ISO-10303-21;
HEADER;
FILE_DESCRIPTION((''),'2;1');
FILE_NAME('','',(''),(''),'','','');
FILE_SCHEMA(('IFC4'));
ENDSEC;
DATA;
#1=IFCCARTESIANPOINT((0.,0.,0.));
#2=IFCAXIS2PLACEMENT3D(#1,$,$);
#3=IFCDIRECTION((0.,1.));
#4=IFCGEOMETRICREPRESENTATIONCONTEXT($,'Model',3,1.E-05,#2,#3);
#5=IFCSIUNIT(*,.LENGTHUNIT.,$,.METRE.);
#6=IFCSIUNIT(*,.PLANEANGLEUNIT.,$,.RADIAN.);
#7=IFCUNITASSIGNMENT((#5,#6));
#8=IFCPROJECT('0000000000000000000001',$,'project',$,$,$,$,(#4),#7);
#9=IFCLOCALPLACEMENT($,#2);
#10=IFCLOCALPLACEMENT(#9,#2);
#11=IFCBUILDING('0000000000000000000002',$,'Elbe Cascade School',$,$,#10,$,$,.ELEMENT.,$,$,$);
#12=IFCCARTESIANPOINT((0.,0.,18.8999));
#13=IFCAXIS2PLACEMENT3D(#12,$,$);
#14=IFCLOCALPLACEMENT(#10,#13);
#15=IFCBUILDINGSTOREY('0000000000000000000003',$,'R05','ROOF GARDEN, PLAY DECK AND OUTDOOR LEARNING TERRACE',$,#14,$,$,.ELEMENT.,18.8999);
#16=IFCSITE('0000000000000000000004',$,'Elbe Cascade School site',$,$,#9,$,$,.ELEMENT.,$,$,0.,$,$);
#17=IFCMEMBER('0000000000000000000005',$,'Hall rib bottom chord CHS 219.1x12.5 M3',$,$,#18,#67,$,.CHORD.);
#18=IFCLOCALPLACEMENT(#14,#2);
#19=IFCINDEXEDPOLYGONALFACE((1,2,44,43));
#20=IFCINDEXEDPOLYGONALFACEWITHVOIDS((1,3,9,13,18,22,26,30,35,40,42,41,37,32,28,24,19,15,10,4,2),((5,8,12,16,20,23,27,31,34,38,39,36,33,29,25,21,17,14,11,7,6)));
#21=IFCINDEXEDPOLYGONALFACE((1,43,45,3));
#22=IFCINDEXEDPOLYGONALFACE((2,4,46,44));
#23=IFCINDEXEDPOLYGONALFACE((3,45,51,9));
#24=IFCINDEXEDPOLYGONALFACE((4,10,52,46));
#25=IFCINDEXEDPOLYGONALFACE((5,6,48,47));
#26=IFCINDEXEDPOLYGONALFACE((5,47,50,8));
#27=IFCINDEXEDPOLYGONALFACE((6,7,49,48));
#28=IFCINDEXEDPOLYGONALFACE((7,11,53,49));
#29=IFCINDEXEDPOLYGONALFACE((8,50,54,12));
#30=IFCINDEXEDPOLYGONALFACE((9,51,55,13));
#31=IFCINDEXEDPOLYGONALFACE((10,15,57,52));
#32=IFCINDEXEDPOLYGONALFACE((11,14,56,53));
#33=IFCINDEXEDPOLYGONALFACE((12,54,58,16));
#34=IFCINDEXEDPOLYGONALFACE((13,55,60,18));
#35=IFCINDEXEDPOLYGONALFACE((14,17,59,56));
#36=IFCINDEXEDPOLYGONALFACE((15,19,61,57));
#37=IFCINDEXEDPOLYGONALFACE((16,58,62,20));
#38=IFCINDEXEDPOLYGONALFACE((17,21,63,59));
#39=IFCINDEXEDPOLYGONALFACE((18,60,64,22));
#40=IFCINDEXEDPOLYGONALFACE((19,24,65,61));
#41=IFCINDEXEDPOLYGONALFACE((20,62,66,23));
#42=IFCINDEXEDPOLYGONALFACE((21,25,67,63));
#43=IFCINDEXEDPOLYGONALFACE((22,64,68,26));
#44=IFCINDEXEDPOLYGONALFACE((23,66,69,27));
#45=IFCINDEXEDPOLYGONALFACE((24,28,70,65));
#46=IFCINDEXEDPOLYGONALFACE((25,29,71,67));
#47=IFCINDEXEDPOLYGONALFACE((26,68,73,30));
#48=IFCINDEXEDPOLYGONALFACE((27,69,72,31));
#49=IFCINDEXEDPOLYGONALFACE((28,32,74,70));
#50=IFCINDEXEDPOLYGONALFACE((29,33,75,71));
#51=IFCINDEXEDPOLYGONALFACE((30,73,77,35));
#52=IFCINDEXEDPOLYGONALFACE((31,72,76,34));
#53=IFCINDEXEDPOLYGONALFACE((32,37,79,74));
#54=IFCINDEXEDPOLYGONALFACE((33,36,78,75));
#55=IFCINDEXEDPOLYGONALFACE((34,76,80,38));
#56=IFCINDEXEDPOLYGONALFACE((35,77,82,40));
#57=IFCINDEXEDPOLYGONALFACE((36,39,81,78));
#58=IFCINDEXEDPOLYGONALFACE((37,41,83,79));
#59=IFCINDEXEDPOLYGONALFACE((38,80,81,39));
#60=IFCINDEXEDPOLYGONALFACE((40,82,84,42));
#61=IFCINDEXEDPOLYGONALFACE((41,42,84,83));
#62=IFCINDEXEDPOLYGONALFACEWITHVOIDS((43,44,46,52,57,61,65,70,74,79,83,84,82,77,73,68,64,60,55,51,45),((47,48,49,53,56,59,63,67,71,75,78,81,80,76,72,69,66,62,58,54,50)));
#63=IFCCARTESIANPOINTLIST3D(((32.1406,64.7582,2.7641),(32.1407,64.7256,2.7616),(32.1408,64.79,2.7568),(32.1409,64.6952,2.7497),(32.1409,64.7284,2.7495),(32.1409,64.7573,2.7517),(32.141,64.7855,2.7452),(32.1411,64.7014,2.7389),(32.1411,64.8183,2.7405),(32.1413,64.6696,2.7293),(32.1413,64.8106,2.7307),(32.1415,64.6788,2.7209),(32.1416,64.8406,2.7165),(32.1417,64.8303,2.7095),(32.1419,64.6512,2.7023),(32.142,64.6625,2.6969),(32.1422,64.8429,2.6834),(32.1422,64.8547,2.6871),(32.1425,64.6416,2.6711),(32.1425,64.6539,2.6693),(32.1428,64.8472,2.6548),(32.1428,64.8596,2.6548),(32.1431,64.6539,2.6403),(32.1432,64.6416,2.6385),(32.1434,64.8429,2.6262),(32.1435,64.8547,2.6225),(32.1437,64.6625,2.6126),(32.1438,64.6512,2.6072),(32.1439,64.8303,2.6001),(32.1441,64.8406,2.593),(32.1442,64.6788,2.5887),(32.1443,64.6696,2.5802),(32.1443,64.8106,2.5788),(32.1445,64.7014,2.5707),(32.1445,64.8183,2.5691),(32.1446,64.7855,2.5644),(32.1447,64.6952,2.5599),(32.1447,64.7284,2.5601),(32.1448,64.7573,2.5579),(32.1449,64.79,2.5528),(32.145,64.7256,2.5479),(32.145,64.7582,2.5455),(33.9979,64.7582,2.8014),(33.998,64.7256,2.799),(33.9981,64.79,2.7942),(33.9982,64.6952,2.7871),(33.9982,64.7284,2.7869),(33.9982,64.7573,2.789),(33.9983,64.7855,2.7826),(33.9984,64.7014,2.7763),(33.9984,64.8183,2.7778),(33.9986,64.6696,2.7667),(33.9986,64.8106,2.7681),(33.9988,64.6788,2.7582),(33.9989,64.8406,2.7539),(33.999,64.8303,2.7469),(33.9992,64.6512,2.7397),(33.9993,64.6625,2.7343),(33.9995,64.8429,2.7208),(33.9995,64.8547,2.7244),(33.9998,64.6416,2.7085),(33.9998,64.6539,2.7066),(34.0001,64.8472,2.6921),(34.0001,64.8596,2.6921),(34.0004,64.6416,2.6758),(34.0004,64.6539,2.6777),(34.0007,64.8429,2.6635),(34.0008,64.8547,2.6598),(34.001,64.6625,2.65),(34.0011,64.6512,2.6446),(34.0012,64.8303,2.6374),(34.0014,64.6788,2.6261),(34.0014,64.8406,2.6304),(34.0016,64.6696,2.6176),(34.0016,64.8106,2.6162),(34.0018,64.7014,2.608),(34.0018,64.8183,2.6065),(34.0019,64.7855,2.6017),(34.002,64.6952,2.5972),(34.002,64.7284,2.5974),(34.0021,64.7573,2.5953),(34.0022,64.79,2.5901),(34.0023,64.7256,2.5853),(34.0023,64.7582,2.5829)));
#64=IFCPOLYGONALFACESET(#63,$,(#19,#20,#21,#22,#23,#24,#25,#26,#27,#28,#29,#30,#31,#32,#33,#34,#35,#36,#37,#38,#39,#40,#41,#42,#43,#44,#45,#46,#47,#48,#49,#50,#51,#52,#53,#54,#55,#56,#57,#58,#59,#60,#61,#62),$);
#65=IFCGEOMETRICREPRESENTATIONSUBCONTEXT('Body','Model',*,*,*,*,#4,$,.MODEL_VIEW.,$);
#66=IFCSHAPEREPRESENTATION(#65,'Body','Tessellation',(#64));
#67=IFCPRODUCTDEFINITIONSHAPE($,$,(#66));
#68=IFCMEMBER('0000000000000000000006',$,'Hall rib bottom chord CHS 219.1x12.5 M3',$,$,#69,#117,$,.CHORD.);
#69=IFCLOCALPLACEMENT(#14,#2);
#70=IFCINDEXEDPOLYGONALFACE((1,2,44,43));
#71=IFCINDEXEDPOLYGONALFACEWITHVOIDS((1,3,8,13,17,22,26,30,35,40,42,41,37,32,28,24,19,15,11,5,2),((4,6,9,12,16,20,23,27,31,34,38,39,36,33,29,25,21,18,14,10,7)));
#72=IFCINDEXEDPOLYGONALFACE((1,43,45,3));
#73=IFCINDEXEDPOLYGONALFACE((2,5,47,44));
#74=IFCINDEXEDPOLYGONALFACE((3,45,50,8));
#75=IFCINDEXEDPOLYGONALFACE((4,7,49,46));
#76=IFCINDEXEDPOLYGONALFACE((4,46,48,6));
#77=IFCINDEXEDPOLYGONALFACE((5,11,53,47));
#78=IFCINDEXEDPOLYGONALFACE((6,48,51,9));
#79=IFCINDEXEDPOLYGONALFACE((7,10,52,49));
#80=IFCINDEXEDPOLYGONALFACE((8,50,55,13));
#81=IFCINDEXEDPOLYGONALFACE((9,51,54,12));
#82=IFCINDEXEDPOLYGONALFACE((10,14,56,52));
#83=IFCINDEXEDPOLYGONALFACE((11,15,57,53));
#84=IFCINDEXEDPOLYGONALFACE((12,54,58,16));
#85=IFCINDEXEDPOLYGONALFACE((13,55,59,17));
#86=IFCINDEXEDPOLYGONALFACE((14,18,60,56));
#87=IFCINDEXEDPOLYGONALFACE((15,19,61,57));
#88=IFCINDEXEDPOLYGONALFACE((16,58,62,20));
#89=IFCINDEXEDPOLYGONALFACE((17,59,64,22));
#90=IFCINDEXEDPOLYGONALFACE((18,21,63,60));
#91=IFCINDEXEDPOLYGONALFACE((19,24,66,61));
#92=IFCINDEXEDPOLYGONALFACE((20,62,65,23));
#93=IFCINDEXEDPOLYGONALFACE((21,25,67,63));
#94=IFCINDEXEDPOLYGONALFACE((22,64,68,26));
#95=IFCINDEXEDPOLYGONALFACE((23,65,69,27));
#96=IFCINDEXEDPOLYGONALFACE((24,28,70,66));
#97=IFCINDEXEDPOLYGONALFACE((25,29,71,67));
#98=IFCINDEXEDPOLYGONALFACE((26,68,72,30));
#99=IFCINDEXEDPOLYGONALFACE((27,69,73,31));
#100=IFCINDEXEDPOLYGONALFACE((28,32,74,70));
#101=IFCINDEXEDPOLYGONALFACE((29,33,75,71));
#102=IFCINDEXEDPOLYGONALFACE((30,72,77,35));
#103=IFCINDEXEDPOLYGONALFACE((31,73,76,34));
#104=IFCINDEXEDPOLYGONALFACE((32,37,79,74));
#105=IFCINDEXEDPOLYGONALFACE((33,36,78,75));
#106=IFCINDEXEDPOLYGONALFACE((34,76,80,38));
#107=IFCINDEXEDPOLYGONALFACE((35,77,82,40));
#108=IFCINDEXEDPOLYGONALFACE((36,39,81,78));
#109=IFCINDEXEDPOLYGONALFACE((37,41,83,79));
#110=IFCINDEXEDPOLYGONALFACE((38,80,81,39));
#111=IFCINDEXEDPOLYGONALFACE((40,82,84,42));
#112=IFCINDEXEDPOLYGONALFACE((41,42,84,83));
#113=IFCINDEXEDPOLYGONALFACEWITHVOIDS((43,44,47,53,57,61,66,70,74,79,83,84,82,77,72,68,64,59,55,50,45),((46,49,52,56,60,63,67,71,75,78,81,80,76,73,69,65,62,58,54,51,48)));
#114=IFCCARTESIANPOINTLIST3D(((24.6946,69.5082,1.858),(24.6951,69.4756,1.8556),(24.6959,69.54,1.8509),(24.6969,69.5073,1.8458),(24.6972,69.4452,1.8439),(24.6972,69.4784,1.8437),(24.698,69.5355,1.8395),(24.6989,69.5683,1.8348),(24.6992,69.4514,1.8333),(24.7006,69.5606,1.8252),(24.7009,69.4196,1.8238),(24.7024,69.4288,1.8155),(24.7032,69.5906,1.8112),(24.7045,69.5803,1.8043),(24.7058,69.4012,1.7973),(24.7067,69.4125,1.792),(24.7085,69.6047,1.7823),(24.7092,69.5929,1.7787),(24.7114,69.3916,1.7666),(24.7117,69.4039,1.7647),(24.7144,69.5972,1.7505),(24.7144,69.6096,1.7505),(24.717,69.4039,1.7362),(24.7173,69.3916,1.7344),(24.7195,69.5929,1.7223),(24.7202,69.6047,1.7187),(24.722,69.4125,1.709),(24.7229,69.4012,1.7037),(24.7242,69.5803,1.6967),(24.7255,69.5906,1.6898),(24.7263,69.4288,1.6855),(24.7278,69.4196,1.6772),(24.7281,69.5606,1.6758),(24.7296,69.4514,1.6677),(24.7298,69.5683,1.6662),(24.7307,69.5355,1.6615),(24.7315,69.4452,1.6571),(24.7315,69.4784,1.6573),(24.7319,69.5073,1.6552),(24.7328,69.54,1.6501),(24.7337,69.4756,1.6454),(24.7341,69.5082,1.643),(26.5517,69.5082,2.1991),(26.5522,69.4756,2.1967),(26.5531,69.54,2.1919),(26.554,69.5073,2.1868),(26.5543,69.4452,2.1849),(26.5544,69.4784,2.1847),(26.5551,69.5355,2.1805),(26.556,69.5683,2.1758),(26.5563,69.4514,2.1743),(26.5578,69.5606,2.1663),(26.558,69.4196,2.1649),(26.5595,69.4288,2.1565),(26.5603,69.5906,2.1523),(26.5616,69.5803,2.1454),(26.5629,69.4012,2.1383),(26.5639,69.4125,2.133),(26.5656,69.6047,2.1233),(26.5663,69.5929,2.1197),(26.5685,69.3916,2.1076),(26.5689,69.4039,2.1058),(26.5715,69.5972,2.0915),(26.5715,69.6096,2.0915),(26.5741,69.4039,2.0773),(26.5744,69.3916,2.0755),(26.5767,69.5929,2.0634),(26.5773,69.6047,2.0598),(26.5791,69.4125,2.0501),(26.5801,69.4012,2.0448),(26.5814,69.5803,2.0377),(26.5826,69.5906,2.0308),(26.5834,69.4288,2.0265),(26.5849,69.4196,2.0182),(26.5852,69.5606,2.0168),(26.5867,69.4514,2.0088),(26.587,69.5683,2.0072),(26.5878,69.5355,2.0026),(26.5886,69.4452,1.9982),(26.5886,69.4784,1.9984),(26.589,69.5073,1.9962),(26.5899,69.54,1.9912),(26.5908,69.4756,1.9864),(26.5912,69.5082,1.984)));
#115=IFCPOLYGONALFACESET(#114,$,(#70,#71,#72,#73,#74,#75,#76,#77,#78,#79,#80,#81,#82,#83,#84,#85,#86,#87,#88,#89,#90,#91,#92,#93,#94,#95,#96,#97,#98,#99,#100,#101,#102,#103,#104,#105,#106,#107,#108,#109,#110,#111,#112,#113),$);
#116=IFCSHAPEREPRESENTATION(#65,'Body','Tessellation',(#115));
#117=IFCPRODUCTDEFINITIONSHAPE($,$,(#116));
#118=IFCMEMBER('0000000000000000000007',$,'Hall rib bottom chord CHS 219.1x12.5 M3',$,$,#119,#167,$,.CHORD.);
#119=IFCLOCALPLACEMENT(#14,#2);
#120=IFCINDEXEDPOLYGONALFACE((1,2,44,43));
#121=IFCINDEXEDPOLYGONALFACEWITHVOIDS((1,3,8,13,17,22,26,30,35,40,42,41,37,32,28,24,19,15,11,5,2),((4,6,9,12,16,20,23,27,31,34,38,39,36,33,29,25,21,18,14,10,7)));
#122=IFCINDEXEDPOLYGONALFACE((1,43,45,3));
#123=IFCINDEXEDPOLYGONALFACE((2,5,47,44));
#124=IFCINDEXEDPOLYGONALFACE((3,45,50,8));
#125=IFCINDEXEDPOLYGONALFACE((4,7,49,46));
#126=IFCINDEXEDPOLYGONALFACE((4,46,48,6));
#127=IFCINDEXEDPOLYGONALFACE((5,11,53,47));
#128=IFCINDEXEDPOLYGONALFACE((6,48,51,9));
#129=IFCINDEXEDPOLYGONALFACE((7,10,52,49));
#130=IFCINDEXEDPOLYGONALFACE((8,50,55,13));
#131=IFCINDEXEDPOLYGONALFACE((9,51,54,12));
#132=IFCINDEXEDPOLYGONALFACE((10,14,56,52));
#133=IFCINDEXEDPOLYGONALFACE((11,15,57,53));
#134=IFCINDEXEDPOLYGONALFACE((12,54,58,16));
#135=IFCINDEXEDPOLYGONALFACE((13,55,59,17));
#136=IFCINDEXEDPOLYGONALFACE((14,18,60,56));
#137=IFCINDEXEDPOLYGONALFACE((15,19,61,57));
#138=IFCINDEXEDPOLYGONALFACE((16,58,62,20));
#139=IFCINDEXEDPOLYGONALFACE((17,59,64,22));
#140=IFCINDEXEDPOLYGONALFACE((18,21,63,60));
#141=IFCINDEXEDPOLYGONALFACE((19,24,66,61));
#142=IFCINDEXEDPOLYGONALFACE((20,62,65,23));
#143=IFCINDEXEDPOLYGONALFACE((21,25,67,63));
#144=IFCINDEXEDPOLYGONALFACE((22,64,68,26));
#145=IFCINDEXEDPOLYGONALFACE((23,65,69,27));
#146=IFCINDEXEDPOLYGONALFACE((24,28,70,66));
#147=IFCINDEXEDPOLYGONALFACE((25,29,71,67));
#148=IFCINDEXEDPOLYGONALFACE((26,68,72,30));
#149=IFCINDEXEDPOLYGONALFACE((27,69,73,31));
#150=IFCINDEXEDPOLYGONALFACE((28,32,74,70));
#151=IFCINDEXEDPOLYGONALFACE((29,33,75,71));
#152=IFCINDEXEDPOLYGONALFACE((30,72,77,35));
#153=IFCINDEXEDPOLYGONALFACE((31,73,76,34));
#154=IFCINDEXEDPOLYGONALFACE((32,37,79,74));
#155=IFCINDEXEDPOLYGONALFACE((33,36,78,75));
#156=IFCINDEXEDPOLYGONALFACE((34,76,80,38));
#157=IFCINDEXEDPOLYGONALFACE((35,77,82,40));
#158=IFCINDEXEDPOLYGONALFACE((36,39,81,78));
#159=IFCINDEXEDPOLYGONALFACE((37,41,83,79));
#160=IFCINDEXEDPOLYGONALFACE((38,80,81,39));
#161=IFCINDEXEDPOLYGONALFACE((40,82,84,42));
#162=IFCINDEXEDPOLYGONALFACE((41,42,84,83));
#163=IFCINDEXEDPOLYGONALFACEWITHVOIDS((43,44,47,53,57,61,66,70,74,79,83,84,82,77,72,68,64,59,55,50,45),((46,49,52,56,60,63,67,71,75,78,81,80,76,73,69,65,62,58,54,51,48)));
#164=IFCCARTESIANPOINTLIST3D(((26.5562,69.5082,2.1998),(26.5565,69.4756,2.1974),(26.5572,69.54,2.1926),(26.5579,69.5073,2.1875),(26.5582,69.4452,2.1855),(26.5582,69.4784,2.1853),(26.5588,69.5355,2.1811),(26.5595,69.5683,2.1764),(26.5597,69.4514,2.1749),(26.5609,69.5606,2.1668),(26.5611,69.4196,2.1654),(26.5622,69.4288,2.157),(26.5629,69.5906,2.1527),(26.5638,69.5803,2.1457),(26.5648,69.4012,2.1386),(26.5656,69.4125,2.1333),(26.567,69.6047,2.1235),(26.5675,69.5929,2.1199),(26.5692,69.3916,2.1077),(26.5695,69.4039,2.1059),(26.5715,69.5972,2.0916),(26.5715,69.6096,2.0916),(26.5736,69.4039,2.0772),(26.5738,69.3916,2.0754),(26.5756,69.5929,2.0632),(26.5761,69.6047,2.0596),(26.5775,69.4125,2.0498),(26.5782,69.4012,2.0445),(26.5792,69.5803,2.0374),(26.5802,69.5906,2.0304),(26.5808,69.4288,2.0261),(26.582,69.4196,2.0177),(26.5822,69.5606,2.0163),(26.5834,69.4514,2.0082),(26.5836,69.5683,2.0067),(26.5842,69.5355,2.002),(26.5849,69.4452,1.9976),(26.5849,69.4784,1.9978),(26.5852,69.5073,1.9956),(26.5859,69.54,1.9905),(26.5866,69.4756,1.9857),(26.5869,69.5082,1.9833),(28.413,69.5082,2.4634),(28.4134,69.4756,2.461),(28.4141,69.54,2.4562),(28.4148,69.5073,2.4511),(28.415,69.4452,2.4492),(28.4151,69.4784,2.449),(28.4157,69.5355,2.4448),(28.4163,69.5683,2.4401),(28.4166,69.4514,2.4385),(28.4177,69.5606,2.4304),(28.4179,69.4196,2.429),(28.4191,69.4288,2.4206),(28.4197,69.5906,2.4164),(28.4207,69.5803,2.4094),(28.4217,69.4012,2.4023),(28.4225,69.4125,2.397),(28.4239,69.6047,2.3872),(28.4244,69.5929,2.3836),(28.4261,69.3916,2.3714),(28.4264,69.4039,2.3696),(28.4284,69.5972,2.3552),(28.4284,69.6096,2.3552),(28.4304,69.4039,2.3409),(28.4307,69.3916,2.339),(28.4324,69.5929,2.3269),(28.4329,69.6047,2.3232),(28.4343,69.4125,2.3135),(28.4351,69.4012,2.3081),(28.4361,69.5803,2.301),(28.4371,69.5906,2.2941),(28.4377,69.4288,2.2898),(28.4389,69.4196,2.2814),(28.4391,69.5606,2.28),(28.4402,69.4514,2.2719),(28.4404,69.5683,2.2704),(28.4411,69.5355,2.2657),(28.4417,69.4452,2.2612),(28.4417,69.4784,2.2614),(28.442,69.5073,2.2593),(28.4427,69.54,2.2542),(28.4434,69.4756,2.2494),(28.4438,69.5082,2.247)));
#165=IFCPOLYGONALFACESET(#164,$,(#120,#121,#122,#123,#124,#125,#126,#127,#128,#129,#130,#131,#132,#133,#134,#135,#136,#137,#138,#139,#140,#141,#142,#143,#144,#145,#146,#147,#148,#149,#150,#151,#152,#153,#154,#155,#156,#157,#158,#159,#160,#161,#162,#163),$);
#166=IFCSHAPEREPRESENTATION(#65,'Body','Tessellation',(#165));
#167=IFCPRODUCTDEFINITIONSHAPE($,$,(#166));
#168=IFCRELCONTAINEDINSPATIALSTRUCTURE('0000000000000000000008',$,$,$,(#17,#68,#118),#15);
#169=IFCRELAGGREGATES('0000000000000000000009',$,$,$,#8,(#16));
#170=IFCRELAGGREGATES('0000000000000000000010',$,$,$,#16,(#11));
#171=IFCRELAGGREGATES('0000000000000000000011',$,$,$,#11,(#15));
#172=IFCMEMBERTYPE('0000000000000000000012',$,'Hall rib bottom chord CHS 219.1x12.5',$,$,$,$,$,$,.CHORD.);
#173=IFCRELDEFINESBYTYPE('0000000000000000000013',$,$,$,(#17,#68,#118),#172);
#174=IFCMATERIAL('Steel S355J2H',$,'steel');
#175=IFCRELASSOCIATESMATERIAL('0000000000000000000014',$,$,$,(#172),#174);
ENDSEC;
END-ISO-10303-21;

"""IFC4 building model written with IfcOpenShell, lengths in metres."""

from ifc_helpers import new_model, si_unit, direction, frame, origin, origin_2d, place, context, subcontext, project, spatial, hollow_circle, extrude, material, material_profile, profile_set, type_object, element, save


model = new_model("IFC4")

# Units and contexts
model_context = context("Model", 3, precision=1e-05, world=origin(), true_north=direction((0.0, 1.0)))
body_context = subcontext(model_context, "Body", "Model", "MODEL_VIEW")
ifc_project = project(units=[si_unit("LENGTHUNIT", "METRE"), si_unit("PLANEANGLEUNIT", "RADIAN")], contexts=[model_context])

# Site, building, storey
site_placement = place(None, origin())
site = spatial("IfcSite", under=ifc_project, at=site_placement, Name="Elbe Cascade School site", CompositionType="ELEMENT", RefElevation=0.0)
building_placement = place(site_placement, origin())
building = spatial("IfcBuilding", under=site, at=building_placement, Name="Elbe Cascade School", CompositionType="ELEMENT")
storey_placement = place(building_placement, frame((0.0, 0.0, 18.8999)))
storey = spatial("IfcBuildingStorey", under=building, at=storey_placement, Name="R05", Description="ROOF GARDEN, PLAY DECK AND OUTDOOR LEARNING TERRACE", CompositionType="ELEMENT", Elevation=18.8999)

# Members
ifc_material_1 = material(Name="Steel S355J2H", Category="steel")
ifc_material_profile_1 = material_profile(ifc_material_1, hollow_circle(Radius=0.1096, WallThickness=0.0125, at=origin_2d()), Name="CHS 219.1x12.5")
ifc_profile_set_1 = profile_set([ifc_material_profile_1], Name="Steel S355J2H")
member_type_1 = type_object("IfcMemberType", Name="Hall rib bottom chord CHS 219.1x12.5", PredefinedType="CHORD", material=ifc_profile_set_1)
member_1_placement = place(storey_placement, frame((32.1428, 64.75, 2.6548), z_axis=(0.999798, 0.0, 0.020109), x_axis=(0.0, 1.0, 0.0)))
element("IfcMember", 1, at=member_1_placement, inside=storey, type_object=member_type_1, Name="Hall rib bottom chord CHS 219.1x12.5 M3", PredefinedType="CHORD", context=body_context, shape_type="SweptSolid", body=[
    extrude(hollow_circle(Radius=0.1096, WallThickness=0.0125, at=origin_2d()), origin(), (0.0, 0.0, 1.0), 1.8577),
])
member_2_placement = place(storey_placement, frame((24.7144, 69.5, 1.7505), z_axis=(0.983552, 0.0, 0.180626), x_axis=(0.0, 1.0, 0.0)))
element("IfcMember", 2, at=member_2_placement, inside=storey, type_object=member_type_1, Name="Hall rib bottom chord CHS 219.1x12.5 M3", PredefinedType="CHORD", context=body_context, shape_type="SweptSolid", body=[
    extrude(hollow_circle(Radius=0.1096, WallThickness=0.0125, at=origin_2d()), origin(), (0.0, 0.0, 1.0), 1.8882),
])
member_3_placement = place(storey_placement, frame((26.5715, 69.5, 2.0916), z_axis=(0.990069, 0.0, 0.140583), x_axis=(0.0, 1.0, 0.0)))
element("IfcMember", 3, at=member_3_placement, inside=storey, type_object=member_type_1, Name="Hall rib bottom chord CHS 219.1x12.5 M3", PredefinedType="CHORD", context=body_context, shape_type="SweptSolid", body=[
    extrude(hollow_circle(Radius=0.1096, WallThickness=0.0125, at=origin_2d()), origin(), (0.0, 0.0, 1.0), 1.8755),
])

save(model, "model.ifc")
